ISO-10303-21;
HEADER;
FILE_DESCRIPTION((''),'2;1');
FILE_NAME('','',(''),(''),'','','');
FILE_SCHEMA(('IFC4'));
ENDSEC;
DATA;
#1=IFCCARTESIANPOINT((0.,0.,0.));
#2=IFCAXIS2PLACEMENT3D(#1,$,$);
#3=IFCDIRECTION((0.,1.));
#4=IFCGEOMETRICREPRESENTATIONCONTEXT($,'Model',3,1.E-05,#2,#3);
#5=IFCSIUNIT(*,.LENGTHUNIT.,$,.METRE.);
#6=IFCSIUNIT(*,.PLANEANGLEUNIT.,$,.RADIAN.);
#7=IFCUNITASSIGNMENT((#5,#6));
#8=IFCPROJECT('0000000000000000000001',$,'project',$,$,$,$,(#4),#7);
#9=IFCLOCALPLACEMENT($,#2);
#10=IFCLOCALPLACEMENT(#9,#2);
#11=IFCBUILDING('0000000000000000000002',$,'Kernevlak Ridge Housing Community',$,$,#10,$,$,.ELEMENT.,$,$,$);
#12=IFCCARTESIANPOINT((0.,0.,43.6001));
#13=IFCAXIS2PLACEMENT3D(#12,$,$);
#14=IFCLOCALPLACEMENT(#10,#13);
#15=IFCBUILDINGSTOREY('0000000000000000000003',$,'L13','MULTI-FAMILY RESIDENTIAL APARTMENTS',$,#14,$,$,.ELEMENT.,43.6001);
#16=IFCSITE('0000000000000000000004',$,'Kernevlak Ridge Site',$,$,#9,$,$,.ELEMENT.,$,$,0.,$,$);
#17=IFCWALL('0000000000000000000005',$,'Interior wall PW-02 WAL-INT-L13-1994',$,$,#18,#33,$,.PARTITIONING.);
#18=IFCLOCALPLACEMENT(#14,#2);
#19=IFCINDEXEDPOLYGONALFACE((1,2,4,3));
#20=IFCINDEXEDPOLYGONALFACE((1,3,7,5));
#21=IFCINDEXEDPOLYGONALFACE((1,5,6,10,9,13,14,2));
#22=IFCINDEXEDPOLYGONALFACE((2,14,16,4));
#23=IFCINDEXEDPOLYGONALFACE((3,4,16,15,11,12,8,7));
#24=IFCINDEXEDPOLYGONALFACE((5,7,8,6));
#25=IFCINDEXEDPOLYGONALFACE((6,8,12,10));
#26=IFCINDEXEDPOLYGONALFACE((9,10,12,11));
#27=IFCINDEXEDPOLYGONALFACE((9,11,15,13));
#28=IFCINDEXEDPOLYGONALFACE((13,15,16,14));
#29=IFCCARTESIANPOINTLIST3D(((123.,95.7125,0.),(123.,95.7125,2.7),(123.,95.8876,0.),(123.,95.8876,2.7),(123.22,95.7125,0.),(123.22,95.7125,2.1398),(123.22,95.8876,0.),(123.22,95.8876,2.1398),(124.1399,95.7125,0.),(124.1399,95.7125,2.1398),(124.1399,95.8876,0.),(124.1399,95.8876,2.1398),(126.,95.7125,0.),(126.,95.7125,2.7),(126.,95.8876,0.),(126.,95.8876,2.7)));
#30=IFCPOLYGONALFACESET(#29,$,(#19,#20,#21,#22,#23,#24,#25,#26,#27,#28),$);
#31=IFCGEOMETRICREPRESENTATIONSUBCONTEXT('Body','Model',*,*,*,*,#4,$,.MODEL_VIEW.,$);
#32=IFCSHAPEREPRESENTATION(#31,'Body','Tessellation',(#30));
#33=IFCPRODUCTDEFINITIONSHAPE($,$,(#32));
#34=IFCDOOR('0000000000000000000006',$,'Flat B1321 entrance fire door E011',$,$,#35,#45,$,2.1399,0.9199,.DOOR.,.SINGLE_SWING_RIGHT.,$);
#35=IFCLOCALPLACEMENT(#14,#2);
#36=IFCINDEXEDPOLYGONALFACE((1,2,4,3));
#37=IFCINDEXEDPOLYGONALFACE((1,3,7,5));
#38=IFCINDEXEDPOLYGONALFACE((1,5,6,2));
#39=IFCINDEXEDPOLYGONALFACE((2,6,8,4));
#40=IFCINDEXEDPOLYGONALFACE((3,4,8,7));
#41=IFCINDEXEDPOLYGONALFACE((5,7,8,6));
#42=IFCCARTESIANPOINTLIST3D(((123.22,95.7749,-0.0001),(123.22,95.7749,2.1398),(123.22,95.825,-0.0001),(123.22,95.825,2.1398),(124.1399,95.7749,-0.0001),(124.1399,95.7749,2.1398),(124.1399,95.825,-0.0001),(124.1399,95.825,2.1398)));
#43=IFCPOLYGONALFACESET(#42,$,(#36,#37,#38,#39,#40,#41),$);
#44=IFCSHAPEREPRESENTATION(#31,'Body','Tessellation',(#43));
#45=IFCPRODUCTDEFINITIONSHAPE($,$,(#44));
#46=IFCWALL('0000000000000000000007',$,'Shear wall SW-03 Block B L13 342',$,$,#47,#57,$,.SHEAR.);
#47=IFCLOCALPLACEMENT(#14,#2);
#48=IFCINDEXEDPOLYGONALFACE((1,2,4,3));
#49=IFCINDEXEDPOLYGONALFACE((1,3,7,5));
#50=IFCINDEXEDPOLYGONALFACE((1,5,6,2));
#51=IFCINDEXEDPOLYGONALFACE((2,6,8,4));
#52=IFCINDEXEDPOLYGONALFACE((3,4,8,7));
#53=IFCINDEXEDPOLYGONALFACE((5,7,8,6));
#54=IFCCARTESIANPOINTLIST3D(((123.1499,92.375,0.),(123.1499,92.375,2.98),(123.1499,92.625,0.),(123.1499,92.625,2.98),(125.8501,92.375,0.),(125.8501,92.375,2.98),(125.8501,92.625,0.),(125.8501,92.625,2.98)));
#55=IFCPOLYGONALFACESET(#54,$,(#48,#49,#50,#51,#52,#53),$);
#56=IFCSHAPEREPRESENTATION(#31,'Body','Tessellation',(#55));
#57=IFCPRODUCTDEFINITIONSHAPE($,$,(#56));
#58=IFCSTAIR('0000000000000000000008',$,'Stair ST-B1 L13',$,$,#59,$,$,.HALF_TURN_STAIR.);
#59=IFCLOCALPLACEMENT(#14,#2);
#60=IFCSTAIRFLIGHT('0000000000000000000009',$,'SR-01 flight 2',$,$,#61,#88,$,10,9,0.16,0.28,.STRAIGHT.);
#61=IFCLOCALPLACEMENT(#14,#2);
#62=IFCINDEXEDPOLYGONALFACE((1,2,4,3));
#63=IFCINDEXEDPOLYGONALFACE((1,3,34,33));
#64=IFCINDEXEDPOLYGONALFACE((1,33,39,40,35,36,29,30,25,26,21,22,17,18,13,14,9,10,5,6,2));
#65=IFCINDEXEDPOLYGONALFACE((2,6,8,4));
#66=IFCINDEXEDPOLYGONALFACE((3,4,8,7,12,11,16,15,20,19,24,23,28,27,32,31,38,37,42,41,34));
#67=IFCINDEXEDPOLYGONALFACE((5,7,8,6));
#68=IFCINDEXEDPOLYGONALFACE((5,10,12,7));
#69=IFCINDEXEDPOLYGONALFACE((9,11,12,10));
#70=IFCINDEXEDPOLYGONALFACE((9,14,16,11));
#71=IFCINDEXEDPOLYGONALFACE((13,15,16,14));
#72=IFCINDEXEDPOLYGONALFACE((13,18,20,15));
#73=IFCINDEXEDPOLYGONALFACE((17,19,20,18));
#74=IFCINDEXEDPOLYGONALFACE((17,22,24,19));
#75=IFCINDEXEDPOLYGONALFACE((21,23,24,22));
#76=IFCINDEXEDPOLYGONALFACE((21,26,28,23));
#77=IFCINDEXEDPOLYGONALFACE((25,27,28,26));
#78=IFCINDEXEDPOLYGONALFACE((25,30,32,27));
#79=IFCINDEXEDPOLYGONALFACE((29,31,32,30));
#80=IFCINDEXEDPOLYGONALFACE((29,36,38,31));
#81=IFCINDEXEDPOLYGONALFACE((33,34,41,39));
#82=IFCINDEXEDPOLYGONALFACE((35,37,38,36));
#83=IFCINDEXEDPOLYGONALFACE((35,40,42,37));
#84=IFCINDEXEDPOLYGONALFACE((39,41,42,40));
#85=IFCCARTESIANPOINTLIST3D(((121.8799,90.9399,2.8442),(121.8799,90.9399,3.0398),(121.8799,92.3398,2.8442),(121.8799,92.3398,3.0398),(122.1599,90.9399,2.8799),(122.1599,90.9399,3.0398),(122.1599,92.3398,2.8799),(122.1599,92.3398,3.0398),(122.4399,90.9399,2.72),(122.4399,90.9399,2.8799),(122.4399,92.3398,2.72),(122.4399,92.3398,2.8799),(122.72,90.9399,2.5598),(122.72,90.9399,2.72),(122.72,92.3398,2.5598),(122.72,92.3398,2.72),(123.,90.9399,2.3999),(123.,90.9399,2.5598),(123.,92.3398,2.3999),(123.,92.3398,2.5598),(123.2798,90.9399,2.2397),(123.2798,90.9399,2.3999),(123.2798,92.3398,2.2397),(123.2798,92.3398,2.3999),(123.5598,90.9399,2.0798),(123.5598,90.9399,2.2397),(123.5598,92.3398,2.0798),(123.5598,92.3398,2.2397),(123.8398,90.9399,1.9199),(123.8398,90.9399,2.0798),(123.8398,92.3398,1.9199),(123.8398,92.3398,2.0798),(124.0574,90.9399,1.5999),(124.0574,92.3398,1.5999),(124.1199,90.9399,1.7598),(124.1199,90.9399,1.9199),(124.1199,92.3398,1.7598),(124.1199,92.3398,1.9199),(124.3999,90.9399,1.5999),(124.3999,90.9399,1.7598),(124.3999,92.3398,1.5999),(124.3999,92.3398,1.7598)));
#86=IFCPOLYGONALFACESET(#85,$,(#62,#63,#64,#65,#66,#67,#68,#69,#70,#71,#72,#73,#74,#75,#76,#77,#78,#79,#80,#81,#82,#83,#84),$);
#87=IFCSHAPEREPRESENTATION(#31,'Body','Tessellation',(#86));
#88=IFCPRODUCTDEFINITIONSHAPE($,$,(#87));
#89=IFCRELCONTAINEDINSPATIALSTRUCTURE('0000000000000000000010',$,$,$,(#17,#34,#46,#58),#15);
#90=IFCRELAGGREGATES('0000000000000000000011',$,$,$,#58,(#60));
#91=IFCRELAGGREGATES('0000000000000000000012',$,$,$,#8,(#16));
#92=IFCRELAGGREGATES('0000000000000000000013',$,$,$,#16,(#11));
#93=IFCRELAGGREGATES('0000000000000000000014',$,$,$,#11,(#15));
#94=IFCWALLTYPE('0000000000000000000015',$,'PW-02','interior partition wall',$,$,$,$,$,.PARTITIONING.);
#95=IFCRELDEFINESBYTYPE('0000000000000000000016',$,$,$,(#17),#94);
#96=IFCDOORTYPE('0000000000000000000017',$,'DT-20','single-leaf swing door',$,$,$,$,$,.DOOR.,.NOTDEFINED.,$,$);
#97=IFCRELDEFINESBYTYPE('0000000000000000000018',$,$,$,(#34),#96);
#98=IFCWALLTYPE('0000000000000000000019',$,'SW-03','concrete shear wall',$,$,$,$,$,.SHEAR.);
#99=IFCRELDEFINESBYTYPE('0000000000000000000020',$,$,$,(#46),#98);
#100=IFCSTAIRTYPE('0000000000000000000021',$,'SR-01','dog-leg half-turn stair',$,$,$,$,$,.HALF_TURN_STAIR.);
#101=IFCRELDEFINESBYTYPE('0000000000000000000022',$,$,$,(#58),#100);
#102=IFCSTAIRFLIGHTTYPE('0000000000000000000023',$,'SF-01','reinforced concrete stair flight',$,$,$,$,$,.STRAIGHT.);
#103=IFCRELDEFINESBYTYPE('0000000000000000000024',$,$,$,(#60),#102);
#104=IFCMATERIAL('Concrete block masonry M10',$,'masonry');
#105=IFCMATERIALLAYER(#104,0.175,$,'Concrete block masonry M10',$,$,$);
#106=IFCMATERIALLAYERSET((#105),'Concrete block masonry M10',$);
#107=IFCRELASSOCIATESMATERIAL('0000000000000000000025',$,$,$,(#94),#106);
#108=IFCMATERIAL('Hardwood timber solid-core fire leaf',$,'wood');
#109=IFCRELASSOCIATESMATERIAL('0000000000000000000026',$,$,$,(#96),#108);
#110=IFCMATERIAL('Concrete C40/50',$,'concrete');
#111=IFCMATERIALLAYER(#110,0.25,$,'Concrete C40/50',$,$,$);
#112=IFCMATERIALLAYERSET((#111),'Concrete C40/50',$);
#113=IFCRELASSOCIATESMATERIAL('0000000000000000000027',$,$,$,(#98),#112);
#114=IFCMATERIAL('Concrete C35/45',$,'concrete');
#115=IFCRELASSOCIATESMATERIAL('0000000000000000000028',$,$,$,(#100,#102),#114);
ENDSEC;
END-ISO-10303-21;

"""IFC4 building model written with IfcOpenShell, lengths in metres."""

from ifc_helpers import new_model, si_unit, direction, frame, frame_2d, origin, place, context, subcontext, project, spatial, polyline, rectangle, outline, extrude, material, layer, layer_set, type_object, element, fill, aggregate, save


model = new_model("IFC4")

# Units and contexts
model_context = context("Model", 3, precision=1e-05, world=origin(), true_north=direction((0.0, 1.0)))
body_context = subcontext(model_context, "Body", "Model", "MODEL_VIEW")
ifc_project = project(units=[si_unit("LENGTHUNIT", "METRE"), si_unit("PLANEANGLEUNIT", "RADIAN")], contexts=[model_context])

# Site, building, storey
site_placement = place(None, origin())
site = spatial("IfcSite", under=ifc_project, at=site_placement, Name="Kernevlak Ridge Site", CompositionType="ELEMENT", RefElevation=0.0)
building_placement = place(site_placement, origin())
building = spatial("IfcBuilding", under=site, at=building_placement, Name="Kernevlak Ridge Housing Community", CompositionType="ELEMENT")
storey_placement = place(building_placement, frame((0.0, 0.0, 43.6001)))
storey = spatial("IfcBuildingStorey", under=building, at=storey_placement, Name="L13", Description="MULTI-FAMILY RESIDENTIAL APARTMENTS", CompositionType="ELEMENT", Elevation=43.6001)

# Shared definitions
ifc_material_1 = material(Name="Concrete C35/45", Category="concrete")

# Shared definitions
ifc_material_2 = material(Name="Concrete block masonry M10", Category="masonry")
ifc_layer_1 = layer(ifc_material_2, 0.175, Name="Concrete block masonry M10")
ifc_layer_set_1 = layer_set([ifc_layer_1], Name="Concrete block masonry M10")
wall_type_1 = type_object("IfcWallType", Name="PW-02", Description="interior partition wall", PredefinedType="PARTITIONING", material=ifc_layer_set_1)

# Wall, opening, door
wall_1_placement = place(storey_placement, frame((123.0, 95.8, 0.0), z_axis=(0.0, 0.0, 1.0), x_axis=(1.0, 0.0, 0.0)))
wall_1 = element("IfcWall", 1, at=wall_1_placement, inside=storey, type_object=wall_type_1, Name="Interior wall PW-02 WAL-INT-L13-1994", PredefinedType="PARTITIONING", context=body_context, shape_type="SweptSolid", body=[
    extrude(rectangle(XDim=3.0, YDim=0.175, at=frame_2d((1.5, 0.0))), origin(), (0.0, 0.0, 1.0), 2.7),
])
opening_1_placement = place(wall_1_placement, frame((0.22, 0.0, 0.0)))
opening_1 = element("IfcOpeningElement", 2, at=opening_1_placement, cuts=wall_1, PredefinedType="OPENING", context=body_context, shape_type="SweptSolid", body=[
    extrude(rectangle(XDim=0.9199, YDim=2.1399, at=frame_2d((0.46, 1.0698))), frame((0.0, 0.0974, 0.0), z_axis=(0.0, -1.0, 0.0), x_axis=(1.0, 0.0, 0.0)), (0.0, 0.0, 1.0), 0.1951),
])
ifc_material_3 = material(Name="Hardwood timber solid-core fire leaf", Category="wood")
door_type_1 = type_object("IfcDoorType", Name="DT-20", Description="single-leaf swing door", OperationType="NOTDEFINED", PredefinedType="DOOR", material=ifc_material_3)
door_1_placement = place(opening_1_placement, origin())
door_1 = element("IfcDoor", 3, at=door_1_placement, inside=storey, type_object=door_type_1, Name="Flat B1321 entrance fire door E011", OperationType="SINGLE_SWING_RIGHT", OverallHeight=2.1399, OverallWidth=0.9199, PredefinedType="DOOR", context=body_context, shape_type="SweptSolid", body=[
    extrude(rectangle(XDim=0.9199, YDim=2.1399, at=frame_2d((0.46, 1.0698))), frame((0.0, 0.0249, 0.0), z_axis=(0.0, -1.0, 0.0), x_axis=(1.0, 0.0, 0.0)), (0.0, 0.0, 1.0), 0.05),
])
fill(opening_1, door_1)

# Wall
ifc_material_4 = material(Name="Concrete C40/50", Category="concrete")
ifc_layer_2 = layer(ifc_material_4, 0.25, Name="Concrete C40/50")
ifc_layer_set_2 = layer_set([ifc_layer_2], Name="Concrete C40/50")
wall_type_2 = type_object("IfcWallType", Name="SW-03", Description="concrete shear wall", PredefinedType="SHEAR", material=ifc_layer_set_2)
wall_2_placement = place(storey_placement, frame((123.1499, 92.5, 0.0), z_axis=(0.0, 0.0, 1.0), x_axis=(1.0, 0.0, 0.0)))
element("IfcWall", 4, at=wall_2_placement, inside=storey, type_object=wall_type_2, Name="Shear wall SW-03 Block B L13 342", PredefinedType="SHEAR", context=body_context, shape_type="SweptSolid", body=[
    extrude(rectangle(XDim=2.7002, YDim=0.25, at=frame_2d((1.3501, 0.0))), origin(), (0.0, 0.0, 1.0), 2.98),
])

# Stair, stair flight
stair_type = type_object("IfcStairType", Name="SR-01", Description="dog-leg half-turn stair", PredefinedType="HALF_TURN_STAIR", material=ifc_material_1)
stair_placement = place(storey_placement, origin())
stair = element("IfcStair", 5, at=stair_placement, inside=storey, type_object=stair_type, Name="Stair ST-B1 L13", PredefinedType="HALF_TURN_STAIR")
stair_flight_type = type_object("IfcStairFlightType", Name="SF-01", Description="reinforced concrete stair flight", PredefinedType="STRAIGHT", material=ifc_material_1)
stair_flight_placement = place(storey_placement, frame((124.3999, 91.6399, 1.5999), z_axis=(0.0, 0.0, 1.0), x_axis=(-1.0, 0.0, 0.0)))
stair_flight = element("IfcStairFlight", 6, at=stair_flight_placement, type_object=stair_flight_type, Name="SR-01 flight 2", NumberOfRisers=10, NumberOfTreads=9, PredefinedType="STRAIGHT", RiserHeight=0.16, TreadLength=0.28, context=body_context, shape_type="SweptSolid", body=[
    extrude(outline(polyline([(0.0, 0.0), (0.0, 0.1599), (0.28, 0.1599), (0.28, 0.3201), (0.5601, 0.3201), (0.5601, 0.48), (0.8401, 0.48), (0.8401, 0.6399), (1.1201, 0.6399), (1.1201, 0.8), (1.3999, 0.8), (1.3999, 0.96), (1.6799, 0.96), (1.6799, 1.1201), (1.96, 1.1201), (1.96, 1.28), (2.24, 1.28), (2.24, 1.4399), (2.52, 1.4399), (2.52, 1.6001), (2.52, 1.2444), (0.3425, 0.0), (0.0, 0.0)])), frame((0.0, 0.7, 0.0), z_axis=(0.0, -1.0, 0.0), x_axis=(1.0, 0.0, 0.0)), (0.0, 0.0, 1.0), 1.3999),
])
aggregate(stair, [stair_flight])

save(model, "model.ifc")
